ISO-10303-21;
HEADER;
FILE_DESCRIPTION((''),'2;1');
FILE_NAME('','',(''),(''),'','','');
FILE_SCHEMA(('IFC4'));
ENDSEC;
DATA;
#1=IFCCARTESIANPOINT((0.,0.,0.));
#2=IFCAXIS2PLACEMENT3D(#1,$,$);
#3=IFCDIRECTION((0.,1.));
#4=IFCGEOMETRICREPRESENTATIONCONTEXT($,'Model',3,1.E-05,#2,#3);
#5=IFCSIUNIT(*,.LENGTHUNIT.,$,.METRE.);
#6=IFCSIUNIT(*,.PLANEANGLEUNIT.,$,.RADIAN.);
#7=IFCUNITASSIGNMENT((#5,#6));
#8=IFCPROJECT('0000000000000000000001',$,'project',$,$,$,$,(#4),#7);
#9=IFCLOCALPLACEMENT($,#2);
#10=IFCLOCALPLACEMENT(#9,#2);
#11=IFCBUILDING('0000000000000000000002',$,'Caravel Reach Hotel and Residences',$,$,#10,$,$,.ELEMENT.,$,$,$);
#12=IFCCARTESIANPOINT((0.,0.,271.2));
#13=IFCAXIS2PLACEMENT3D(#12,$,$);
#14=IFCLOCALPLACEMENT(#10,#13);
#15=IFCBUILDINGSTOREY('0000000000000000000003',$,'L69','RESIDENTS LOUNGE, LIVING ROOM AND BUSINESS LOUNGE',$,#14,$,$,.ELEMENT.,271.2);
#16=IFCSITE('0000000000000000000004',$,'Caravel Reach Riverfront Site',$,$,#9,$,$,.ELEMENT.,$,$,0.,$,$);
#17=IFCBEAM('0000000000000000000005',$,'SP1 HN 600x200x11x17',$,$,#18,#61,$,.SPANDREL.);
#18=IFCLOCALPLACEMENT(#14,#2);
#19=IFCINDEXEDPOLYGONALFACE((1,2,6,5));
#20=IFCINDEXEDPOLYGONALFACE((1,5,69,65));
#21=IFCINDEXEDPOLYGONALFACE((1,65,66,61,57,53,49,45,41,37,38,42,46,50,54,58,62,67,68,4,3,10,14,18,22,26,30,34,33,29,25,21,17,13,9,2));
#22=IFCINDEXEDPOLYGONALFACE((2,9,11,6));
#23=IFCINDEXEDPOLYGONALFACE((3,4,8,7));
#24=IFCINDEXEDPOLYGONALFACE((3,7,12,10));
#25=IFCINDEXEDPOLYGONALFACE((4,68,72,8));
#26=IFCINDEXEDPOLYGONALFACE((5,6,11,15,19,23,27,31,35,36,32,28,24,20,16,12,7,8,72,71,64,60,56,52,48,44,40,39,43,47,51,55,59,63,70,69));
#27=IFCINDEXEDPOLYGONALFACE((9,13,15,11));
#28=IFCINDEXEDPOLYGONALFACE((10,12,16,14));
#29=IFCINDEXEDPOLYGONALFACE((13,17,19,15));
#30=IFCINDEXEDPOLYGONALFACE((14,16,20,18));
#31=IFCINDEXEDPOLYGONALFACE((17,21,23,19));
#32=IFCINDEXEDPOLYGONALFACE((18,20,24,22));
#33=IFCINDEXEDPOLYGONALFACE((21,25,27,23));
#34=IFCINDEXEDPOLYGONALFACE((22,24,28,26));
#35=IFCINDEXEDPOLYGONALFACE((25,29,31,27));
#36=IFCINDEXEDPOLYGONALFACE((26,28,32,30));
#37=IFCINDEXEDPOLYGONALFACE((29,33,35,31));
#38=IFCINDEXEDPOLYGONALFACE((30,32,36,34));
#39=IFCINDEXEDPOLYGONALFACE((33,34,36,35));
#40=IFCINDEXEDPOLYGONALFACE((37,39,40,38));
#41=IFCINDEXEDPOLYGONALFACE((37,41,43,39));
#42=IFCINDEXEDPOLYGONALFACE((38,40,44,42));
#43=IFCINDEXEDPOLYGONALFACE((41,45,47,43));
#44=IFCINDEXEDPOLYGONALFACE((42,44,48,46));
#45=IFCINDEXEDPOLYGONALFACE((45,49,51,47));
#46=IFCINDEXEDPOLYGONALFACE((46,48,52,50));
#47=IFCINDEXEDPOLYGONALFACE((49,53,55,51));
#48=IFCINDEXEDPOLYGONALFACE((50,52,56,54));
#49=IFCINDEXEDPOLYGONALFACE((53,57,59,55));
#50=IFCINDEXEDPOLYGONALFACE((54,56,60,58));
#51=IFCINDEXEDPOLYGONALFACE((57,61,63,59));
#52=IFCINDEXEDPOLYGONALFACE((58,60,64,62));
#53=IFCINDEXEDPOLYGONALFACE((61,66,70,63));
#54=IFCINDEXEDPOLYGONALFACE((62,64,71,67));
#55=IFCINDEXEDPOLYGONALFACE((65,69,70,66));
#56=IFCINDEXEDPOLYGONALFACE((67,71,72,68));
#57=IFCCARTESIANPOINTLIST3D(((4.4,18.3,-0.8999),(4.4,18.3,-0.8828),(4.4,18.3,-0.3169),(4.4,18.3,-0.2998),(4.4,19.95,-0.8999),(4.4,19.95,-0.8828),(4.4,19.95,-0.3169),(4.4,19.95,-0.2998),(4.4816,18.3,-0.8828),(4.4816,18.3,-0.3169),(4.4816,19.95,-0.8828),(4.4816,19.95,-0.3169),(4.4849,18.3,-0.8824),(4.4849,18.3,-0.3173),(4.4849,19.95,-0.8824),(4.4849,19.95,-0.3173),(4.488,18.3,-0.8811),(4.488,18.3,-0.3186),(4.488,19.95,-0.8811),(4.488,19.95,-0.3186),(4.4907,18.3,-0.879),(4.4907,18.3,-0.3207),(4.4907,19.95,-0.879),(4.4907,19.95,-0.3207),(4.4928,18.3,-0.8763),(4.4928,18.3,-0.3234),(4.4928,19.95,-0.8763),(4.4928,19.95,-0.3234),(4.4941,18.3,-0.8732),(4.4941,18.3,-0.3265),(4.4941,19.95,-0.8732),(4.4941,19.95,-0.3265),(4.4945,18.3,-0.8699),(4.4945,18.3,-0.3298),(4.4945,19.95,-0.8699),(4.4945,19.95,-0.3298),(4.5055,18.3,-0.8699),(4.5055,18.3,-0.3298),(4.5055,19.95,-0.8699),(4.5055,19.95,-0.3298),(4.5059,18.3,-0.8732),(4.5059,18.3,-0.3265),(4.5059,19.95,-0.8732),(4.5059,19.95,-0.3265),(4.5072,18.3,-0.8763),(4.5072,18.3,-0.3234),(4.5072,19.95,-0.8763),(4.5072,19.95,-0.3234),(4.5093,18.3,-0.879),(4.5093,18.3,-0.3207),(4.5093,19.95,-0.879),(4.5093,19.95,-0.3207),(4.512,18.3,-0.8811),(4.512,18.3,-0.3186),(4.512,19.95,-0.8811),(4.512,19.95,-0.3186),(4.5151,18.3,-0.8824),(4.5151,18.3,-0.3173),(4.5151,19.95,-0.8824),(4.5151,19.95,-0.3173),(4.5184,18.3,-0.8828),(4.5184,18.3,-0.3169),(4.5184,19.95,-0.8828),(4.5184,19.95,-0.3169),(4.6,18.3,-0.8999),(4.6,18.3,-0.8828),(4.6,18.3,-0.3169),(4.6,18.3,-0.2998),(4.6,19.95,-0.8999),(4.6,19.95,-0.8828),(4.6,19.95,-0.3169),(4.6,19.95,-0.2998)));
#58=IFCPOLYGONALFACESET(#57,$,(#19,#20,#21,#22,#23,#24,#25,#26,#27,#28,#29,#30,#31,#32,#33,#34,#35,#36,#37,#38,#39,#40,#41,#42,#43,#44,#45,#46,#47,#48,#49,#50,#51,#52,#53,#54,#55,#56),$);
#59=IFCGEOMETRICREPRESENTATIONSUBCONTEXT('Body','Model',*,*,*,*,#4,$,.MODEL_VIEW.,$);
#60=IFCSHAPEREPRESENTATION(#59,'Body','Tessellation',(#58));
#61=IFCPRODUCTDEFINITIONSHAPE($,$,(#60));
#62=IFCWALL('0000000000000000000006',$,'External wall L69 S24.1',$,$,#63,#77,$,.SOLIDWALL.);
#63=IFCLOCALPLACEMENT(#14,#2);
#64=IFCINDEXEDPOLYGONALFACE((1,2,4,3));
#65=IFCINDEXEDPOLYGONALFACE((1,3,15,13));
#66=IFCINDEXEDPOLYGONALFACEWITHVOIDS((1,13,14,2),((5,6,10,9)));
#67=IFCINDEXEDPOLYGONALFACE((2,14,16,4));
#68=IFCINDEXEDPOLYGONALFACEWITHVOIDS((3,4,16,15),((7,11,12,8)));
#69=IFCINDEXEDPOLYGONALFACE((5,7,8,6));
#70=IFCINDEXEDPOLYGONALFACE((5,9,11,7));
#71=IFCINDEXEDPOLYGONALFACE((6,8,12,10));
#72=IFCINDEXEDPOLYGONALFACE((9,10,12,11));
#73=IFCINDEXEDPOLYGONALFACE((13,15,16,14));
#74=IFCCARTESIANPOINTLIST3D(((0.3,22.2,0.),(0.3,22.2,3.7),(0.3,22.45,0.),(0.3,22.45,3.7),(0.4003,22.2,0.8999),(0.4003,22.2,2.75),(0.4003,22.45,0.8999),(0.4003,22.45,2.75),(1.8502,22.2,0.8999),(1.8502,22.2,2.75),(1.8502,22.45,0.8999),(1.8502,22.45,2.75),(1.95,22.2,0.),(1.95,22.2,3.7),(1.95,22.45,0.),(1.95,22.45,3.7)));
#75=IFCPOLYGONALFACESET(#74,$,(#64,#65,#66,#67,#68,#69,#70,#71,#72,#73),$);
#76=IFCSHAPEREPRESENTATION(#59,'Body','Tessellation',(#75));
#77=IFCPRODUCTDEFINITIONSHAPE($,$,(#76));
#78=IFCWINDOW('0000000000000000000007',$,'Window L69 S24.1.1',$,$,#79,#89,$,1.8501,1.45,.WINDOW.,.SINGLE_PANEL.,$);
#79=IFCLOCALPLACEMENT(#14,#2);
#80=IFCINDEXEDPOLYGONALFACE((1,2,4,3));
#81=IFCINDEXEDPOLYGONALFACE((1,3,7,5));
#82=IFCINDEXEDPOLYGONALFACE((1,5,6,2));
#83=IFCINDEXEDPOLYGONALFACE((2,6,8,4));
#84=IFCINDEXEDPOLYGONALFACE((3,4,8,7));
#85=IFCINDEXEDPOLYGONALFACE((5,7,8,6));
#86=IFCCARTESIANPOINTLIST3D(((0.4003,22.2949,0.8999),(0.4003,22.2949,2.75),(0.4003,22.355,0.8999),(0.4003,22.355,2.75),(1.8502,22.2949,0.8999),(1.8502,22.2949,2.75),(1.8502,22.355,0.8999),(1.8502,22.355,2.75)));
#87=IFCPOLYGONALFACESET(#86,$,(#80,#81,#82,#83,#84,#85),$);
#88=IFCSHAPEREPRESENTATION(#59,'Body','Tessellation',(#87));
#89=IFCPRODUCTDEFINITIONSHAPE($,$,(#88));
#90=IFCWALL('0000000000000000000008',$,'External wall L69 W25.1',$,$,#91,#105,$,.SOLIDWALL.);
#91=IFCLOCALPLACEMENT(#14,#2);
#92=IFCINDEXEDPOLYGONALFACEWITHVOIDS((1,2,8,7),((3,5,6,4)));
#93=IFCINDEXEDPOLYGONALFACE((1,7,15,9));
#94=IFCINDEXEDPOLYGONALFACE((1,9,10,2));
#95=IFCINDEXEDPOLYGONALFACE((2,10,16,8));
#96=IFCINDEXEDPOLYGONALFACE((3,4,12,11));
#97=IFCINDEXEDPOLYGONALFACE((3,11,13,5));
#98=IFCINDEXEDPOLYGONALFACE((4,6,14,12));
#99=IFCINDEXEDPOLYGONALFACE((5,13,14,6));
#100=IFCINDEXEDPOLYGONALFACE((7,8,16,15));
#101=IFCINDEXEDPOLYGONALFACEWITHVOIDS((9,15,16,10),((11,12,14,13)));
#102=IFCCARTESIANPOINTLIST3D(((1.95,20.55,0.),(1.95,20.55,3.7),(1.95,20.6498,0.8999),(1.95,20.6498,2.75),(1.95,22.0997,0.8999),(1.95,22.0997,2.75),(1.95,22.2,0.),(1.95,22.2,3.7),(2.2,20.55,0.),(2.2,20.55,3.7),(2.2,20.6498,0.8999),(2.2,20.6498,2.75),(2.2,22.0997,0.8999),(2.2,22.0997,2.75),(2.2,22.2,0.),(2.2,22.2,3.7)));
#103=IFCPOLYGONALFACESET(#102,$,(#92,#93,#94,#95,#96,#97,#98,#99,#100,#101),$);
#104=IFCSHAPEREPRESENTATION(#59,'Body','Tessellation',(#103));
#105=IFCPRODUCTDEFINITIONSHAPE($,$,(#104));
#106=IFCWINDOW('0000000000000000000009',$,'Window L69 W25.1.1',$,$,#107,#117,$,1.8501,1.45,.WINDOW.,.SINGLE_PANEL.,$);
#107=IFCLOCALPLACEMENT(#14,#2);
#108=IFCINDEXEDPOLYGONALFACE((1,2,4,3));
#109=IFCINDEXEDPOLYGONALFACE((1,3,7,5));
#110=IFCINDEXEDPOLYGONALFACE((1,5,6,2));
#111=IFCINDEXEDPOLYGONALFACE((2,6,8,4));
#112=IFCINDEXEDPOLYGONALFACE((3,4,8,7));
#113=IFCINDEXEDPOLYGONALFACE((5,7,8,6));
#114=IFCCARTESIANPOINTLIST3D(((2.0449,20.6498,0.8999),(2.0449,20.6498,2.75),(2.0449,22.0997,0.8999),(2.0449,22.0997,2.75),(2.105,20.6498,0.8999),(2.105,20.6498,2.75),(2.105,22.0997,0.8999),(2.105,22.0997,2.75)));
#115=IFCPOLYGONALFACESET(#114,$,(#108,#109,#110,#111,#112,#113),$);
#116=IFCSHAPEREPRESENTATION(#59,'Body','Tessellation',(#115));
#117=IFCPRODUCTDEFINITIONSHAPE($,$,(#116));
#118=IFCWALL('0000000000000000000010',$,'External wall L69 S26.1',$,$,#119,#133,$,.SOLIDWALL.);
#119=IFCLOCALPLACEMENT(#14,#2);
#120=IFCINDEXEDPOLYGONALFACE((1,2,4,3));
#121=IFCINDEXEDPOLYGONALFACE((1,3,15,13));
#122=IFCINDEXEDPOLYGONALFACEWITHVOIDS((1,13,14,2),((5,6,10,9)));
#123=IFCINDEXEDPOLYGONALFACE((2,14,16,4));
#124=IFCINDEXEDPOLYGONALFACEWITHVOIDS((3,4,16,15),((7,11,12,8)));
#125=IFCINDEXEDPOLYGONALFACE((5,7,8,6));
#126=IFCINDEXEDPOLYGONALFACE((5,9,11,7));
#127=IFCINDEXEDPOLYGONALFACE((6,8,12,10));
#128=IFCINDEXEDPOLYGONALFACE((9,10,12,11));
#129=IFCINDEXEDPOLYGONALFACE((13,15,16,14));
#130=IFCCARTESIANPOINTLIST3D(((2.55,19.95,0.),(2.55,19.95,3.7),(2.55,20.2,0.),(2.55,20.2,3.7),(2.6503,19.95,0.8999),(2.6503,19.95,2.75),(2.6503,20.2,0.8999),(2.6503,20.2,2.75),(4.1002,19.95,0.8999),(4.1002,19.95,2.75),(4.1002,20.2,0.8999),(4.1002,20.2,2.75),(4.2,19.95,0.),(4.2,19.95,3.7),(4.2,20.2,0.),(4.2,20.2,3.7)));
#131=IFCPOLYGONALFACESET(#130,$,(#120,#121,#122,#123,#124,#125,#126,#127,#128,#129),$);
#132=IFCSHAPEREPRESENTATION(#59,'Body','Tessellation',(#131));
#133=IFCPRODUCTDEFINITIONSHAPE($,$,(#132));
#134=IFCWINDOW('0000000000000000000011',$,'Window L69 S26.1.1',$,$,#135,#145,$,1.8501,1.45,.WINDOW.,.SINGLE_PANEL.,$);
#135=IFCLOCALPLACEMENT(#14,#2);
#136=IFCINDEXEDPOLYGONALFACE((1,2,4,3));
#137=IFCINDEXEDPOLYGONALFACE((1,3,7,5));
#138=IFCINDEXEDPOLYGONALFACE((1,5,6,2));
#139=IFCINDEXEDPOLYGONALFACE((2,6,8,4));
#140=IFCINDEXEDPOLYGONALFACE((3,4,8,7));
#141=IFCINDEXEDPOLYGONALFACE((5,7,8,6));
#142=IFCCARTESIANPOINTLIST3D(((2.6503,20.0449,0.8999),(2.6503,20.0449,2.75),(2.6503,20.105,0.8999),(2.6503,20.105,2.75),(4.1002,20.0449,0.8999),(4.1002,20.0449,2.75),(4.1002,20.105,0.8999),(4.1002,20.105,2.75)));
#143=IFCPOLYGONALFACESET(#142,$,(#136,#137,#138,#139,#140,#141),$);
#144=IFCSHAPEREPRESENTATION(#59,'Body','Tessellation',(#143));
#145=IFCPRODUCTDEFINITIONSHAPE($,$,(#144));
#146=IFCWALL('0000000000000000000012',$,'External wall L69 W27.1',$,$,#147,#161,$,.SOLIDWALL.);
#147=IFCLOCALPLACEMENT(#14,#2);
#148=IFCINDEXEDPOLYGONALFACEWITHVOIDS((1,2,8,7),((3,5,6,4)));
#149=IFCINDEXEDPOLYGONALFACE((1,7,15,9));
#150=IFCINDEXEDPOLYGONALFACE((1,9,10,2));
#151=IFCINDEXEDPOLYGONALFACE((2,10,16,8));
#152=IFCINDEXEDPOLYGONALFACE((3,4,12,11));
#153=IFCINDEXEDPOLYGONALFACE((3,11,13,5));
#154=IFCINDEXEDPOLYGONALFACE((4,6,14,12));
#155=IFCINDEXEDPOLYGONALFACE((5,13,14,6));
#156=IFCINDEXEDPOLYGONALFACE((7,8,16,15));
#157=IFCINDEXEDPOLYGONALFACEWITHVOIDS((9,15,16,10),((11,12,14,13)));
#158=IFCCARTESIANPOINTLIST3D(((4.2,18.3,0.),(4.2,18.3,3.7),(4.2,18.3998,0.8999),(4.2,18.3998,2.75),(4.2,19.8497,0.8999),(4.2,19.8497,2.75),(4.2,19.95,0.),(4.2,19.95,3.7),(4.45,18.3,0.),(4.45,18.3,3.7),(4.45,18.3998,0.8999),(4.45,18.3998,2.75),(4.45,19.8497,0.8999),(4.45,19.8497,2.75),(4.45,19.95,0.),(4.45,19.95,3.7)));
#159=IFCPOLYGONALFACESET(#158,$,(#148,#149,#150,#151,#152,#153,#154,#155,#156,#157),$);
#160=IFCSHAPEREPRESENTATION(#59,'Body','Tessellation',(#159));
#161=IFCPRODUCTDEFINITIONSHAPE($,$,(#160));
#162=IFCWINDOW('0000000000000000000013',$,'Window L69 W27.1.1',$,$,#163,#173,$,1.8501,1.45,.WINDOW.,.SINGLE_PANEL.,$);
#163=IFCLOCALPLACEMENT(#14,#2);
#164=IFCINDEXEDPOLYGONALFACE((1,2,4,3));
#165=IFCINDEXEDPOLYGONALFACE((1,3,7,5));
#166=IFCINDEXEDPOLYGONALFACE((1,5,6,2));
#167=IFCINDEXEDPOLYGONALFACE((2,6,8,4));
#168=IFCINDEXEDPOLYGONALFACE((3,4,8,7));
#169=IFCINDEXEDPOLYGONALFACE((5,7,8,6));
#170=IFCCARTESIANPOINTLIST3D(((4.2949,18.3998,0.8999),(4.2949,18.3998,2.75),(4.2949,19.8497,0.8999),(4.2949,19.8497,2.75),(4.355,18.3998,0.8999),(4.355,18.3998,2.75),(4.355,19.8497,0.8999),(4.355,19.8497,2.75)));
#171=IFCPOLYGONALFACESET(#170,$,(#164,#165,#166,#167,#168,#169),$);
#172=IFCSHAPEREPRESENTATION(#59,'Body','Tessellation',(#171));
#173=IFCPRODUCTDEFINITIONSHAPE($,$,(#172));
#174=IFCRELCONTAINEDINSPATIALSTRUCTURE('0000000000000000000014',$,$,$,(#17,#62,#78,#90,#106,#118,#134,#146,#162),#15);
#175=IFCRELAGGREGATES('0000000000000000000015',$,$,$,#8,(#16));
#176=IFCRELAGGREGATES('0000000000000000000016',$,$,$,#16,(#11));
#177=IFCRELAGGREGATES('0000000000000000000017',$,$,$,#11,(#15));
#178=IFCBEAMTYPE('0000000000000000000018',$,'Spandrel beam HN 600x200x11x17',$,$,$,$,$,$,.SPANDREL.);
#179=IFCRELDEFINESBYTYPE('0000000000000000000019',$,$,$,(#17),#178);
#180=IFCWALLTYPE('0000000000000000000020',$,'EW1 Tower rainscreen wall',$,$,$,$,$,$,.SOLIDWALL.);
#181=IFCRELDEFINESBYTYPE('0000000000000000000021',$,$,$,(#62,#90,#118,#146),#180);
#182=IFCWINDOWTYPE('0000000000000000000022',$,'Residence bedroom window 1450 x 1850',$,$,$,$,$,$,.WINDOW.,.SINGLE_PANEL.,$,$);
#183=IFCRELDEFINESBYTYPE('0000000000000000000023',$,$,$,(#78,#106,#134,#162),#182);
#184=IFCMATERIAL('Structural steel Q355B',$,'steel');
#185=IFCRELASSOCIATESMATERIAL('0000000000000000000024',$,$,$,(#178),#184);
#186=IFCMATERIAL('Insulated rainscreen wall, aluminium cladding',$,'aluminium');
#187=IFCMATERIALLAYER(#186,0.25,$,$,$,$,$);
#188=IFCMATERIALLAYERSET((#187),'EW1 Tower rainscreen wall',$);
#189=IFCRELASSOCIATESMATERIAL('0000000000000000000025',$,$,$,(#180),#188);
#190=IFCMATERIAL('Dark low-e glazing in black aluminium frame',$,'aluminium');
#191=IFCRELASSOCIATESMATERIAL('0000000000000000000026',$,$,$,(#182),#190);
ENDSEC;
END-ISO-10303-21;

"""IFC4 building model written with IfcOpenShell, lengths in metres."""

from ifc_helpers import new_model, si_unit, direction, frame, frame_2d, origin, origin_2d, place, context, subcontext, project, spatial, rectangle, i_section, extrude, material, layer, layer_set, material_profile, profile_set, type_object, element, fill, save


model = new_model("IFC4")

# Units and contexts
model_context = context("Model", 3, precision=1e-05, world=origin(), true_north=direction((0.0, 1.0)))
body_context = subcontext(model_context, "Body", "Model", "MODEL_VIEW")
ifc_project = project(units=[si_unit("LENGTHUNIT", "METRE"), si_unit("PLANEANGLEUNIT", "RADIAN")], contexts=[model_context])

# Site, building, storey
site_placement = place(None, origin())
site = spatial("IfcSite", under=ifc_project, at=site_placement, Name="Caravel Reach Riverfront Site", CompositionType="ELEMENT", RefElevation=0.0)
building_placement = place(site_placement, origin())
building = spatial("IfcBuilding", under=site, at=building_placement, Name="Caravel Reach Hotel and Residences", CompositionType="ELEMENT")
storey_placement = place(building_placement, frame((0.0, 0.0, 271.2)))
storey = spatial("IfcBuildingStorey", under=building, at=storey_placement, Name="L69", Description="RESIDENTS LOUNGE, LIVING ROOM AND BUSINESS LOUNGE", CompositionType="ELEMENT", Elevation=271.2)

# Beam
ifc_material_1 = material(Name="Structural steel Q355B", Category="steel")
ifc_material_profile_1 = material_profile(ifc_material_1, i_section(OverallWidth=0.2, OverallDepth=0.6001, WebThickness=0.011, FlangeThickness=0.0171, FilletRadius=0.0129, at=origin_2d()), Name="HN 600x200x11x17")
ifc_profile_set_1 = profile_set([ifc_material_profile_1], Name="Structural steel Q355B")
beam_type = type_object("IfcBeamType", Name="Spandrel beam HN 600x200x11x17", PredefinedType="SPANDREL", material=ifc_profile_set_1)
for number, where, z_axis, x_axis, name in (
    (1, (4.5, 19.95, -0.5999), (0.0, -1.0, 0.0), (1.0, 0.0, 0.0), "SP1 HN 600x200x11x17"),
):
    element("IfcBeam", number, at=place(storey_placement, frame(where, z_axis=z_axis, x_axis=x_axis)), inside=storey, type_object=beam_type, Name=name, PredefinedType="SPANDREL", context=body_context, shape_type="SweptSolid", body=[
        extrude(i_section(OverallWidth=0.2, OverallDepth=0.6001, WebThickness=0.011, FlangeThickness=0.0171, FilletRadius=0.0129, at=origin_2d()), origin(), (0.0, 0.0, 1.0), 1.6499),
    ])

# Walls, openings, windows
ifc_material_2 = material(Name="Insulated rainscreen wall, aluminium cladding", Category="aluminium")
ifc_layer_1 = layer(ifc_material_2, 0.25)
ifc_layer_set_1 = layer_set([ifc_layer_1], Name="EW1 Tower rainscreen wall")
wall_type_1 = type_object("IfcWallType", Name="EW1 Tower rainscreen wall", PredefinedType="SOLIDWALL", material=ifc_layer_set_1)
wall_1_placement = place(storey_placement, frame((0.3, 22.325, 0.0), z_axis=(0.0, 0.0, 1.0), x_axis=(1.0, 0.0, 0.0)))
wall_1 = element("IfcWall", 2, at=wall_1_placement, inside=storey, type_object=wall_type_1, Name="External wall L69 S24.1", PredefinedType="SOLIDWALL", context=body_context, shape_type="SweptSolid", body=[
    extrude(rectangle(XDim=1.6499, YDim=0.25, at=frame_2d((0.825, 0.0))), origin(), (0.0, 0.0, 1.0), 3.7),
])
opening_1_placement = place(wall_1_placement, frame((0.1001, 0.0, 0.8999)))
opening_1 = element("IfcOpeningElement", 3, at=opening_1_placement, cuts=wall_1, PredefinedType="OPENING", context=body_context, shape_type="SweptSolid", body=[
    extrude(rectangle(XDim=1.45, YDim=1.8501, at=frame_2d((0.7251, 0.925))), frame((0.0, 0.135, 0.0), z_axis=(0.0, -1.0, 0.0), x_axis=(1.0, 0.0, 0.0)), (0.0, 0.0, 1.0), 0.27),
])
ifc_material_3 = material(Name="Dark low-e glazing in black aluminium frame", Category="aluminium")
window_type = type_object("IfcWindowType", Name="Residence bedroom window 1450 x 1850", PartitioningType="SINGLE_PANEL", PredefinedType="WINDOW", material=ifc_material_3)
window_1_placement = place(opening_1_placement, origin())
window_1 = element("IfcWindow", 4, at=window_1_placement, inside=storey, type_object=window_type, Name="Window L69 S24.1.1", OverallHeight=1.8501, OverallWidth=1.45, PartitioningType="SINGLE_PANEL", PredefinedType="WINDOW", context=body_context, shape_type="SweptSolid", body=[
    extrude(rectangle(XDim=1.45, YDim=1.8501, at=frame_2d((0.7251, 0.925))), frame((0.0, 0.03, 0.0), z_axis=(0.0, -1.0, 0.0), x_axis=(1.0, 0.0, 0.0)), (0.0, 0.0, 1.0), 0.0601),
])
fill(opening_1, window_1)
wall_2_placement = place(storey_placement, frame((2.075, 22.2, 0.0), z_axis=(0.0, 0.0, 1.0), x_axis=(0.0, -1.0, 0.0)))
wall_2 = element("IfcWall", 5, at=wall_2_placement, inside=storey, type_object=wall_type_1, Name="External wall L69 W25.1", PredefinedType="SOLIDWALL", context=body_context, shape_type="SweptSolid", body=[
    extrude(rectangle(XDim=1.6499, YDim=0.25, at=frame_2d((0.825, 0.0))), origin(), (0.0, 0.0, 1.0), 3.7),
])
opening_2_placement = place(wall_2_placement, frame((0.1001, 0.0, 0.8999)))
opening_2 = element("IfcOpeningElement", 6, at=opening_2_placement, cuts=wall_2, PredefinedType="OPENING", context=body_context, shape_type="SweptSolid", body=[
    extrude(rectangle(XDim=1.45, YDim=1.8501, at=frame_2d((0.7251, 0.925))), frame((0.0, 0.135, 0.0), z_axis=(0.0, -1.0, 0.0), x_axis=(1.0, 0.0, 0.0)), (0.0, 0.0, 1.0), 0.27),
])
window_2_placement = place(opening_2_placement, origin())
window_2 = element("IfcWindow", 7, at=window_2_placement, inside=storey, type_object=window_type, Name="Window L69 W25.1.1", OverallHeight=1.8501, OverallWidth=1.45, PartitioningType="SINGLE_PANEL", PredefinedType="WINDOW", context=body_context, shape_type="SweptSolid", body=[
    extrude(rectangle(XDim=1.45, YDim=1.8501, at=frame_2d((0.7251, 0.925))), frame((0.0, 0.03, 0.0), z_axis=(0.0, -1.0, 0.0), x_axis=(1.0, 0.0, 0.0)), (0.0, 0.0, 1.0), 0.0601),
])
fill(opening_2, window_2)
wall_3_placement = place(storey_placement, frame((2.55, 20.075, 0.0), z_axis=(0.0, 0.0, 1.0), x_axis=(1.0, 0.0, 0.0)))
wall_3 = element("IfcWall", 8, at=wall_3_placement, inside=storey, type_object=wall_type_1, Name="External wall L69 S26.1", PredefinedType="SOLIDWALL", context=body_context, shape_type="SweptSolid", body=[
    extrude(rectangle(XDim=1.6499, YDim=0.25, at=frame_2d((0.825, 0.0))), origin(), (0.0, 0.0, 1.0), 3.7),
])
opening_3_placement = place(wall_3_placement, frame((0.1001, 0.0, 0.8999)))
opening_3 = element("IfcOpeningElement", 9, at=opening_3_placement, cuts=wall_3, PredefinedType="OPENING", context=body_context, shape_type="SweptSolid", body=[
    extrude(rectangle(XDim=1.45, YDim=1.8501, at=frame_2d((0.7251, 0.925))), frame((0.0, 0.135, 0.0), z_axis=(0.0, -1.0, 0.0), x_axis=(1.0, 0.0, 0.0)), (0.0, 0.0, 1.0), 0.27),
])
window_3_placement = place(opening_3_placement, origin())
window_3 = element("IfcWindow", 10, at=window_3_placement, inside=storey, type_object=window_type, Name="Window L69 S26.1.1", OverallHeight=1.8501, OverallWidth=1.45, PartitioningType="SINGLE_PANEL", PredefinedType="WINDOW", context=body_context, shape_type="SweptSolid", body=[
    extrude(rectangle(XDim=1.45, YDim=1.8501, at=frame_2d((0.7251, 0.925))), frame((0.0, 0.03, 0.0), z_axis=(0.0, -1.0, 0.0), x_axis=(1.0, 0.0, 0.0)), (0.0, 0.0, 1.0), 0.0601),
])
fill(opening_3, window_3)
wall_4_placement = place(storey_placement, frame((4.325, 19.95, 0.0), z_axis=(0.0, 0.0, 1.0), x_axis=(0.0, -1.0, 0.0)))
wall_4 = element("IfcWall", 11, at=wall_4_placement, inside=storey, type_object=wall_type_1, Name="External wall L69 W27.1", PredefinedType="SOLIDWALL", context=body_context, shape_type="SweptSolid", body=[
    extrude(rectangle(XDim=1.6499, YDim=0.25, at=frame_2d((0.825, 0.0))), origin(), (0.0, 0.0, 1.0), 3.7),
])
opening_4_placement = place(wall_4_placement, frame((0.1001, 0.0, 0.8999)))
opening_4 = element("IfcOpeningElement", 12, at=opening_4_placement, cuts=wall_4, PredefinedType="OPENING", context=body_context, shape_type="SweptSolid", body=[
    extrude(rectangle(XDim=1.45, YDim=1.8501, at=frame_2d((0.7251, 0.925))), frame((0.0, 0.135, 0.0), z_axis=(0.0, -1.0, 0.0), x_axis=(1.0, 0.0, 0.0)), (0.0, 0.0, 1.0), 0.27),
])
window_4_placement = place(opening_4_placement, origin())
window_4 = element("IfcWindow", 13, at=window_4_placement, inside=storey, type_object=window_type, Name="Window L69 W27.1.1", OverallHeight=1.8501, OverallWidth=1.45, PartitioningType="SINGLE_PANEL", PredefinedType="WINDOW", context=body_context, shape_type="SweptSolid", body=[
    extrude(rectangle(XDim=1.45, YDim=1.8501, at=frame_2d((0.7251, 0.925))), frame((0.0, 0.03, 0.0), z_axis=(0.0, -1.0, 0.0), x_axis=(1.0, 0.0, 0.0)), (0.0, 0.0, 1.0), 0.0601),
])
fill(opening_4, window_4)

save(model, "model.ifc")
